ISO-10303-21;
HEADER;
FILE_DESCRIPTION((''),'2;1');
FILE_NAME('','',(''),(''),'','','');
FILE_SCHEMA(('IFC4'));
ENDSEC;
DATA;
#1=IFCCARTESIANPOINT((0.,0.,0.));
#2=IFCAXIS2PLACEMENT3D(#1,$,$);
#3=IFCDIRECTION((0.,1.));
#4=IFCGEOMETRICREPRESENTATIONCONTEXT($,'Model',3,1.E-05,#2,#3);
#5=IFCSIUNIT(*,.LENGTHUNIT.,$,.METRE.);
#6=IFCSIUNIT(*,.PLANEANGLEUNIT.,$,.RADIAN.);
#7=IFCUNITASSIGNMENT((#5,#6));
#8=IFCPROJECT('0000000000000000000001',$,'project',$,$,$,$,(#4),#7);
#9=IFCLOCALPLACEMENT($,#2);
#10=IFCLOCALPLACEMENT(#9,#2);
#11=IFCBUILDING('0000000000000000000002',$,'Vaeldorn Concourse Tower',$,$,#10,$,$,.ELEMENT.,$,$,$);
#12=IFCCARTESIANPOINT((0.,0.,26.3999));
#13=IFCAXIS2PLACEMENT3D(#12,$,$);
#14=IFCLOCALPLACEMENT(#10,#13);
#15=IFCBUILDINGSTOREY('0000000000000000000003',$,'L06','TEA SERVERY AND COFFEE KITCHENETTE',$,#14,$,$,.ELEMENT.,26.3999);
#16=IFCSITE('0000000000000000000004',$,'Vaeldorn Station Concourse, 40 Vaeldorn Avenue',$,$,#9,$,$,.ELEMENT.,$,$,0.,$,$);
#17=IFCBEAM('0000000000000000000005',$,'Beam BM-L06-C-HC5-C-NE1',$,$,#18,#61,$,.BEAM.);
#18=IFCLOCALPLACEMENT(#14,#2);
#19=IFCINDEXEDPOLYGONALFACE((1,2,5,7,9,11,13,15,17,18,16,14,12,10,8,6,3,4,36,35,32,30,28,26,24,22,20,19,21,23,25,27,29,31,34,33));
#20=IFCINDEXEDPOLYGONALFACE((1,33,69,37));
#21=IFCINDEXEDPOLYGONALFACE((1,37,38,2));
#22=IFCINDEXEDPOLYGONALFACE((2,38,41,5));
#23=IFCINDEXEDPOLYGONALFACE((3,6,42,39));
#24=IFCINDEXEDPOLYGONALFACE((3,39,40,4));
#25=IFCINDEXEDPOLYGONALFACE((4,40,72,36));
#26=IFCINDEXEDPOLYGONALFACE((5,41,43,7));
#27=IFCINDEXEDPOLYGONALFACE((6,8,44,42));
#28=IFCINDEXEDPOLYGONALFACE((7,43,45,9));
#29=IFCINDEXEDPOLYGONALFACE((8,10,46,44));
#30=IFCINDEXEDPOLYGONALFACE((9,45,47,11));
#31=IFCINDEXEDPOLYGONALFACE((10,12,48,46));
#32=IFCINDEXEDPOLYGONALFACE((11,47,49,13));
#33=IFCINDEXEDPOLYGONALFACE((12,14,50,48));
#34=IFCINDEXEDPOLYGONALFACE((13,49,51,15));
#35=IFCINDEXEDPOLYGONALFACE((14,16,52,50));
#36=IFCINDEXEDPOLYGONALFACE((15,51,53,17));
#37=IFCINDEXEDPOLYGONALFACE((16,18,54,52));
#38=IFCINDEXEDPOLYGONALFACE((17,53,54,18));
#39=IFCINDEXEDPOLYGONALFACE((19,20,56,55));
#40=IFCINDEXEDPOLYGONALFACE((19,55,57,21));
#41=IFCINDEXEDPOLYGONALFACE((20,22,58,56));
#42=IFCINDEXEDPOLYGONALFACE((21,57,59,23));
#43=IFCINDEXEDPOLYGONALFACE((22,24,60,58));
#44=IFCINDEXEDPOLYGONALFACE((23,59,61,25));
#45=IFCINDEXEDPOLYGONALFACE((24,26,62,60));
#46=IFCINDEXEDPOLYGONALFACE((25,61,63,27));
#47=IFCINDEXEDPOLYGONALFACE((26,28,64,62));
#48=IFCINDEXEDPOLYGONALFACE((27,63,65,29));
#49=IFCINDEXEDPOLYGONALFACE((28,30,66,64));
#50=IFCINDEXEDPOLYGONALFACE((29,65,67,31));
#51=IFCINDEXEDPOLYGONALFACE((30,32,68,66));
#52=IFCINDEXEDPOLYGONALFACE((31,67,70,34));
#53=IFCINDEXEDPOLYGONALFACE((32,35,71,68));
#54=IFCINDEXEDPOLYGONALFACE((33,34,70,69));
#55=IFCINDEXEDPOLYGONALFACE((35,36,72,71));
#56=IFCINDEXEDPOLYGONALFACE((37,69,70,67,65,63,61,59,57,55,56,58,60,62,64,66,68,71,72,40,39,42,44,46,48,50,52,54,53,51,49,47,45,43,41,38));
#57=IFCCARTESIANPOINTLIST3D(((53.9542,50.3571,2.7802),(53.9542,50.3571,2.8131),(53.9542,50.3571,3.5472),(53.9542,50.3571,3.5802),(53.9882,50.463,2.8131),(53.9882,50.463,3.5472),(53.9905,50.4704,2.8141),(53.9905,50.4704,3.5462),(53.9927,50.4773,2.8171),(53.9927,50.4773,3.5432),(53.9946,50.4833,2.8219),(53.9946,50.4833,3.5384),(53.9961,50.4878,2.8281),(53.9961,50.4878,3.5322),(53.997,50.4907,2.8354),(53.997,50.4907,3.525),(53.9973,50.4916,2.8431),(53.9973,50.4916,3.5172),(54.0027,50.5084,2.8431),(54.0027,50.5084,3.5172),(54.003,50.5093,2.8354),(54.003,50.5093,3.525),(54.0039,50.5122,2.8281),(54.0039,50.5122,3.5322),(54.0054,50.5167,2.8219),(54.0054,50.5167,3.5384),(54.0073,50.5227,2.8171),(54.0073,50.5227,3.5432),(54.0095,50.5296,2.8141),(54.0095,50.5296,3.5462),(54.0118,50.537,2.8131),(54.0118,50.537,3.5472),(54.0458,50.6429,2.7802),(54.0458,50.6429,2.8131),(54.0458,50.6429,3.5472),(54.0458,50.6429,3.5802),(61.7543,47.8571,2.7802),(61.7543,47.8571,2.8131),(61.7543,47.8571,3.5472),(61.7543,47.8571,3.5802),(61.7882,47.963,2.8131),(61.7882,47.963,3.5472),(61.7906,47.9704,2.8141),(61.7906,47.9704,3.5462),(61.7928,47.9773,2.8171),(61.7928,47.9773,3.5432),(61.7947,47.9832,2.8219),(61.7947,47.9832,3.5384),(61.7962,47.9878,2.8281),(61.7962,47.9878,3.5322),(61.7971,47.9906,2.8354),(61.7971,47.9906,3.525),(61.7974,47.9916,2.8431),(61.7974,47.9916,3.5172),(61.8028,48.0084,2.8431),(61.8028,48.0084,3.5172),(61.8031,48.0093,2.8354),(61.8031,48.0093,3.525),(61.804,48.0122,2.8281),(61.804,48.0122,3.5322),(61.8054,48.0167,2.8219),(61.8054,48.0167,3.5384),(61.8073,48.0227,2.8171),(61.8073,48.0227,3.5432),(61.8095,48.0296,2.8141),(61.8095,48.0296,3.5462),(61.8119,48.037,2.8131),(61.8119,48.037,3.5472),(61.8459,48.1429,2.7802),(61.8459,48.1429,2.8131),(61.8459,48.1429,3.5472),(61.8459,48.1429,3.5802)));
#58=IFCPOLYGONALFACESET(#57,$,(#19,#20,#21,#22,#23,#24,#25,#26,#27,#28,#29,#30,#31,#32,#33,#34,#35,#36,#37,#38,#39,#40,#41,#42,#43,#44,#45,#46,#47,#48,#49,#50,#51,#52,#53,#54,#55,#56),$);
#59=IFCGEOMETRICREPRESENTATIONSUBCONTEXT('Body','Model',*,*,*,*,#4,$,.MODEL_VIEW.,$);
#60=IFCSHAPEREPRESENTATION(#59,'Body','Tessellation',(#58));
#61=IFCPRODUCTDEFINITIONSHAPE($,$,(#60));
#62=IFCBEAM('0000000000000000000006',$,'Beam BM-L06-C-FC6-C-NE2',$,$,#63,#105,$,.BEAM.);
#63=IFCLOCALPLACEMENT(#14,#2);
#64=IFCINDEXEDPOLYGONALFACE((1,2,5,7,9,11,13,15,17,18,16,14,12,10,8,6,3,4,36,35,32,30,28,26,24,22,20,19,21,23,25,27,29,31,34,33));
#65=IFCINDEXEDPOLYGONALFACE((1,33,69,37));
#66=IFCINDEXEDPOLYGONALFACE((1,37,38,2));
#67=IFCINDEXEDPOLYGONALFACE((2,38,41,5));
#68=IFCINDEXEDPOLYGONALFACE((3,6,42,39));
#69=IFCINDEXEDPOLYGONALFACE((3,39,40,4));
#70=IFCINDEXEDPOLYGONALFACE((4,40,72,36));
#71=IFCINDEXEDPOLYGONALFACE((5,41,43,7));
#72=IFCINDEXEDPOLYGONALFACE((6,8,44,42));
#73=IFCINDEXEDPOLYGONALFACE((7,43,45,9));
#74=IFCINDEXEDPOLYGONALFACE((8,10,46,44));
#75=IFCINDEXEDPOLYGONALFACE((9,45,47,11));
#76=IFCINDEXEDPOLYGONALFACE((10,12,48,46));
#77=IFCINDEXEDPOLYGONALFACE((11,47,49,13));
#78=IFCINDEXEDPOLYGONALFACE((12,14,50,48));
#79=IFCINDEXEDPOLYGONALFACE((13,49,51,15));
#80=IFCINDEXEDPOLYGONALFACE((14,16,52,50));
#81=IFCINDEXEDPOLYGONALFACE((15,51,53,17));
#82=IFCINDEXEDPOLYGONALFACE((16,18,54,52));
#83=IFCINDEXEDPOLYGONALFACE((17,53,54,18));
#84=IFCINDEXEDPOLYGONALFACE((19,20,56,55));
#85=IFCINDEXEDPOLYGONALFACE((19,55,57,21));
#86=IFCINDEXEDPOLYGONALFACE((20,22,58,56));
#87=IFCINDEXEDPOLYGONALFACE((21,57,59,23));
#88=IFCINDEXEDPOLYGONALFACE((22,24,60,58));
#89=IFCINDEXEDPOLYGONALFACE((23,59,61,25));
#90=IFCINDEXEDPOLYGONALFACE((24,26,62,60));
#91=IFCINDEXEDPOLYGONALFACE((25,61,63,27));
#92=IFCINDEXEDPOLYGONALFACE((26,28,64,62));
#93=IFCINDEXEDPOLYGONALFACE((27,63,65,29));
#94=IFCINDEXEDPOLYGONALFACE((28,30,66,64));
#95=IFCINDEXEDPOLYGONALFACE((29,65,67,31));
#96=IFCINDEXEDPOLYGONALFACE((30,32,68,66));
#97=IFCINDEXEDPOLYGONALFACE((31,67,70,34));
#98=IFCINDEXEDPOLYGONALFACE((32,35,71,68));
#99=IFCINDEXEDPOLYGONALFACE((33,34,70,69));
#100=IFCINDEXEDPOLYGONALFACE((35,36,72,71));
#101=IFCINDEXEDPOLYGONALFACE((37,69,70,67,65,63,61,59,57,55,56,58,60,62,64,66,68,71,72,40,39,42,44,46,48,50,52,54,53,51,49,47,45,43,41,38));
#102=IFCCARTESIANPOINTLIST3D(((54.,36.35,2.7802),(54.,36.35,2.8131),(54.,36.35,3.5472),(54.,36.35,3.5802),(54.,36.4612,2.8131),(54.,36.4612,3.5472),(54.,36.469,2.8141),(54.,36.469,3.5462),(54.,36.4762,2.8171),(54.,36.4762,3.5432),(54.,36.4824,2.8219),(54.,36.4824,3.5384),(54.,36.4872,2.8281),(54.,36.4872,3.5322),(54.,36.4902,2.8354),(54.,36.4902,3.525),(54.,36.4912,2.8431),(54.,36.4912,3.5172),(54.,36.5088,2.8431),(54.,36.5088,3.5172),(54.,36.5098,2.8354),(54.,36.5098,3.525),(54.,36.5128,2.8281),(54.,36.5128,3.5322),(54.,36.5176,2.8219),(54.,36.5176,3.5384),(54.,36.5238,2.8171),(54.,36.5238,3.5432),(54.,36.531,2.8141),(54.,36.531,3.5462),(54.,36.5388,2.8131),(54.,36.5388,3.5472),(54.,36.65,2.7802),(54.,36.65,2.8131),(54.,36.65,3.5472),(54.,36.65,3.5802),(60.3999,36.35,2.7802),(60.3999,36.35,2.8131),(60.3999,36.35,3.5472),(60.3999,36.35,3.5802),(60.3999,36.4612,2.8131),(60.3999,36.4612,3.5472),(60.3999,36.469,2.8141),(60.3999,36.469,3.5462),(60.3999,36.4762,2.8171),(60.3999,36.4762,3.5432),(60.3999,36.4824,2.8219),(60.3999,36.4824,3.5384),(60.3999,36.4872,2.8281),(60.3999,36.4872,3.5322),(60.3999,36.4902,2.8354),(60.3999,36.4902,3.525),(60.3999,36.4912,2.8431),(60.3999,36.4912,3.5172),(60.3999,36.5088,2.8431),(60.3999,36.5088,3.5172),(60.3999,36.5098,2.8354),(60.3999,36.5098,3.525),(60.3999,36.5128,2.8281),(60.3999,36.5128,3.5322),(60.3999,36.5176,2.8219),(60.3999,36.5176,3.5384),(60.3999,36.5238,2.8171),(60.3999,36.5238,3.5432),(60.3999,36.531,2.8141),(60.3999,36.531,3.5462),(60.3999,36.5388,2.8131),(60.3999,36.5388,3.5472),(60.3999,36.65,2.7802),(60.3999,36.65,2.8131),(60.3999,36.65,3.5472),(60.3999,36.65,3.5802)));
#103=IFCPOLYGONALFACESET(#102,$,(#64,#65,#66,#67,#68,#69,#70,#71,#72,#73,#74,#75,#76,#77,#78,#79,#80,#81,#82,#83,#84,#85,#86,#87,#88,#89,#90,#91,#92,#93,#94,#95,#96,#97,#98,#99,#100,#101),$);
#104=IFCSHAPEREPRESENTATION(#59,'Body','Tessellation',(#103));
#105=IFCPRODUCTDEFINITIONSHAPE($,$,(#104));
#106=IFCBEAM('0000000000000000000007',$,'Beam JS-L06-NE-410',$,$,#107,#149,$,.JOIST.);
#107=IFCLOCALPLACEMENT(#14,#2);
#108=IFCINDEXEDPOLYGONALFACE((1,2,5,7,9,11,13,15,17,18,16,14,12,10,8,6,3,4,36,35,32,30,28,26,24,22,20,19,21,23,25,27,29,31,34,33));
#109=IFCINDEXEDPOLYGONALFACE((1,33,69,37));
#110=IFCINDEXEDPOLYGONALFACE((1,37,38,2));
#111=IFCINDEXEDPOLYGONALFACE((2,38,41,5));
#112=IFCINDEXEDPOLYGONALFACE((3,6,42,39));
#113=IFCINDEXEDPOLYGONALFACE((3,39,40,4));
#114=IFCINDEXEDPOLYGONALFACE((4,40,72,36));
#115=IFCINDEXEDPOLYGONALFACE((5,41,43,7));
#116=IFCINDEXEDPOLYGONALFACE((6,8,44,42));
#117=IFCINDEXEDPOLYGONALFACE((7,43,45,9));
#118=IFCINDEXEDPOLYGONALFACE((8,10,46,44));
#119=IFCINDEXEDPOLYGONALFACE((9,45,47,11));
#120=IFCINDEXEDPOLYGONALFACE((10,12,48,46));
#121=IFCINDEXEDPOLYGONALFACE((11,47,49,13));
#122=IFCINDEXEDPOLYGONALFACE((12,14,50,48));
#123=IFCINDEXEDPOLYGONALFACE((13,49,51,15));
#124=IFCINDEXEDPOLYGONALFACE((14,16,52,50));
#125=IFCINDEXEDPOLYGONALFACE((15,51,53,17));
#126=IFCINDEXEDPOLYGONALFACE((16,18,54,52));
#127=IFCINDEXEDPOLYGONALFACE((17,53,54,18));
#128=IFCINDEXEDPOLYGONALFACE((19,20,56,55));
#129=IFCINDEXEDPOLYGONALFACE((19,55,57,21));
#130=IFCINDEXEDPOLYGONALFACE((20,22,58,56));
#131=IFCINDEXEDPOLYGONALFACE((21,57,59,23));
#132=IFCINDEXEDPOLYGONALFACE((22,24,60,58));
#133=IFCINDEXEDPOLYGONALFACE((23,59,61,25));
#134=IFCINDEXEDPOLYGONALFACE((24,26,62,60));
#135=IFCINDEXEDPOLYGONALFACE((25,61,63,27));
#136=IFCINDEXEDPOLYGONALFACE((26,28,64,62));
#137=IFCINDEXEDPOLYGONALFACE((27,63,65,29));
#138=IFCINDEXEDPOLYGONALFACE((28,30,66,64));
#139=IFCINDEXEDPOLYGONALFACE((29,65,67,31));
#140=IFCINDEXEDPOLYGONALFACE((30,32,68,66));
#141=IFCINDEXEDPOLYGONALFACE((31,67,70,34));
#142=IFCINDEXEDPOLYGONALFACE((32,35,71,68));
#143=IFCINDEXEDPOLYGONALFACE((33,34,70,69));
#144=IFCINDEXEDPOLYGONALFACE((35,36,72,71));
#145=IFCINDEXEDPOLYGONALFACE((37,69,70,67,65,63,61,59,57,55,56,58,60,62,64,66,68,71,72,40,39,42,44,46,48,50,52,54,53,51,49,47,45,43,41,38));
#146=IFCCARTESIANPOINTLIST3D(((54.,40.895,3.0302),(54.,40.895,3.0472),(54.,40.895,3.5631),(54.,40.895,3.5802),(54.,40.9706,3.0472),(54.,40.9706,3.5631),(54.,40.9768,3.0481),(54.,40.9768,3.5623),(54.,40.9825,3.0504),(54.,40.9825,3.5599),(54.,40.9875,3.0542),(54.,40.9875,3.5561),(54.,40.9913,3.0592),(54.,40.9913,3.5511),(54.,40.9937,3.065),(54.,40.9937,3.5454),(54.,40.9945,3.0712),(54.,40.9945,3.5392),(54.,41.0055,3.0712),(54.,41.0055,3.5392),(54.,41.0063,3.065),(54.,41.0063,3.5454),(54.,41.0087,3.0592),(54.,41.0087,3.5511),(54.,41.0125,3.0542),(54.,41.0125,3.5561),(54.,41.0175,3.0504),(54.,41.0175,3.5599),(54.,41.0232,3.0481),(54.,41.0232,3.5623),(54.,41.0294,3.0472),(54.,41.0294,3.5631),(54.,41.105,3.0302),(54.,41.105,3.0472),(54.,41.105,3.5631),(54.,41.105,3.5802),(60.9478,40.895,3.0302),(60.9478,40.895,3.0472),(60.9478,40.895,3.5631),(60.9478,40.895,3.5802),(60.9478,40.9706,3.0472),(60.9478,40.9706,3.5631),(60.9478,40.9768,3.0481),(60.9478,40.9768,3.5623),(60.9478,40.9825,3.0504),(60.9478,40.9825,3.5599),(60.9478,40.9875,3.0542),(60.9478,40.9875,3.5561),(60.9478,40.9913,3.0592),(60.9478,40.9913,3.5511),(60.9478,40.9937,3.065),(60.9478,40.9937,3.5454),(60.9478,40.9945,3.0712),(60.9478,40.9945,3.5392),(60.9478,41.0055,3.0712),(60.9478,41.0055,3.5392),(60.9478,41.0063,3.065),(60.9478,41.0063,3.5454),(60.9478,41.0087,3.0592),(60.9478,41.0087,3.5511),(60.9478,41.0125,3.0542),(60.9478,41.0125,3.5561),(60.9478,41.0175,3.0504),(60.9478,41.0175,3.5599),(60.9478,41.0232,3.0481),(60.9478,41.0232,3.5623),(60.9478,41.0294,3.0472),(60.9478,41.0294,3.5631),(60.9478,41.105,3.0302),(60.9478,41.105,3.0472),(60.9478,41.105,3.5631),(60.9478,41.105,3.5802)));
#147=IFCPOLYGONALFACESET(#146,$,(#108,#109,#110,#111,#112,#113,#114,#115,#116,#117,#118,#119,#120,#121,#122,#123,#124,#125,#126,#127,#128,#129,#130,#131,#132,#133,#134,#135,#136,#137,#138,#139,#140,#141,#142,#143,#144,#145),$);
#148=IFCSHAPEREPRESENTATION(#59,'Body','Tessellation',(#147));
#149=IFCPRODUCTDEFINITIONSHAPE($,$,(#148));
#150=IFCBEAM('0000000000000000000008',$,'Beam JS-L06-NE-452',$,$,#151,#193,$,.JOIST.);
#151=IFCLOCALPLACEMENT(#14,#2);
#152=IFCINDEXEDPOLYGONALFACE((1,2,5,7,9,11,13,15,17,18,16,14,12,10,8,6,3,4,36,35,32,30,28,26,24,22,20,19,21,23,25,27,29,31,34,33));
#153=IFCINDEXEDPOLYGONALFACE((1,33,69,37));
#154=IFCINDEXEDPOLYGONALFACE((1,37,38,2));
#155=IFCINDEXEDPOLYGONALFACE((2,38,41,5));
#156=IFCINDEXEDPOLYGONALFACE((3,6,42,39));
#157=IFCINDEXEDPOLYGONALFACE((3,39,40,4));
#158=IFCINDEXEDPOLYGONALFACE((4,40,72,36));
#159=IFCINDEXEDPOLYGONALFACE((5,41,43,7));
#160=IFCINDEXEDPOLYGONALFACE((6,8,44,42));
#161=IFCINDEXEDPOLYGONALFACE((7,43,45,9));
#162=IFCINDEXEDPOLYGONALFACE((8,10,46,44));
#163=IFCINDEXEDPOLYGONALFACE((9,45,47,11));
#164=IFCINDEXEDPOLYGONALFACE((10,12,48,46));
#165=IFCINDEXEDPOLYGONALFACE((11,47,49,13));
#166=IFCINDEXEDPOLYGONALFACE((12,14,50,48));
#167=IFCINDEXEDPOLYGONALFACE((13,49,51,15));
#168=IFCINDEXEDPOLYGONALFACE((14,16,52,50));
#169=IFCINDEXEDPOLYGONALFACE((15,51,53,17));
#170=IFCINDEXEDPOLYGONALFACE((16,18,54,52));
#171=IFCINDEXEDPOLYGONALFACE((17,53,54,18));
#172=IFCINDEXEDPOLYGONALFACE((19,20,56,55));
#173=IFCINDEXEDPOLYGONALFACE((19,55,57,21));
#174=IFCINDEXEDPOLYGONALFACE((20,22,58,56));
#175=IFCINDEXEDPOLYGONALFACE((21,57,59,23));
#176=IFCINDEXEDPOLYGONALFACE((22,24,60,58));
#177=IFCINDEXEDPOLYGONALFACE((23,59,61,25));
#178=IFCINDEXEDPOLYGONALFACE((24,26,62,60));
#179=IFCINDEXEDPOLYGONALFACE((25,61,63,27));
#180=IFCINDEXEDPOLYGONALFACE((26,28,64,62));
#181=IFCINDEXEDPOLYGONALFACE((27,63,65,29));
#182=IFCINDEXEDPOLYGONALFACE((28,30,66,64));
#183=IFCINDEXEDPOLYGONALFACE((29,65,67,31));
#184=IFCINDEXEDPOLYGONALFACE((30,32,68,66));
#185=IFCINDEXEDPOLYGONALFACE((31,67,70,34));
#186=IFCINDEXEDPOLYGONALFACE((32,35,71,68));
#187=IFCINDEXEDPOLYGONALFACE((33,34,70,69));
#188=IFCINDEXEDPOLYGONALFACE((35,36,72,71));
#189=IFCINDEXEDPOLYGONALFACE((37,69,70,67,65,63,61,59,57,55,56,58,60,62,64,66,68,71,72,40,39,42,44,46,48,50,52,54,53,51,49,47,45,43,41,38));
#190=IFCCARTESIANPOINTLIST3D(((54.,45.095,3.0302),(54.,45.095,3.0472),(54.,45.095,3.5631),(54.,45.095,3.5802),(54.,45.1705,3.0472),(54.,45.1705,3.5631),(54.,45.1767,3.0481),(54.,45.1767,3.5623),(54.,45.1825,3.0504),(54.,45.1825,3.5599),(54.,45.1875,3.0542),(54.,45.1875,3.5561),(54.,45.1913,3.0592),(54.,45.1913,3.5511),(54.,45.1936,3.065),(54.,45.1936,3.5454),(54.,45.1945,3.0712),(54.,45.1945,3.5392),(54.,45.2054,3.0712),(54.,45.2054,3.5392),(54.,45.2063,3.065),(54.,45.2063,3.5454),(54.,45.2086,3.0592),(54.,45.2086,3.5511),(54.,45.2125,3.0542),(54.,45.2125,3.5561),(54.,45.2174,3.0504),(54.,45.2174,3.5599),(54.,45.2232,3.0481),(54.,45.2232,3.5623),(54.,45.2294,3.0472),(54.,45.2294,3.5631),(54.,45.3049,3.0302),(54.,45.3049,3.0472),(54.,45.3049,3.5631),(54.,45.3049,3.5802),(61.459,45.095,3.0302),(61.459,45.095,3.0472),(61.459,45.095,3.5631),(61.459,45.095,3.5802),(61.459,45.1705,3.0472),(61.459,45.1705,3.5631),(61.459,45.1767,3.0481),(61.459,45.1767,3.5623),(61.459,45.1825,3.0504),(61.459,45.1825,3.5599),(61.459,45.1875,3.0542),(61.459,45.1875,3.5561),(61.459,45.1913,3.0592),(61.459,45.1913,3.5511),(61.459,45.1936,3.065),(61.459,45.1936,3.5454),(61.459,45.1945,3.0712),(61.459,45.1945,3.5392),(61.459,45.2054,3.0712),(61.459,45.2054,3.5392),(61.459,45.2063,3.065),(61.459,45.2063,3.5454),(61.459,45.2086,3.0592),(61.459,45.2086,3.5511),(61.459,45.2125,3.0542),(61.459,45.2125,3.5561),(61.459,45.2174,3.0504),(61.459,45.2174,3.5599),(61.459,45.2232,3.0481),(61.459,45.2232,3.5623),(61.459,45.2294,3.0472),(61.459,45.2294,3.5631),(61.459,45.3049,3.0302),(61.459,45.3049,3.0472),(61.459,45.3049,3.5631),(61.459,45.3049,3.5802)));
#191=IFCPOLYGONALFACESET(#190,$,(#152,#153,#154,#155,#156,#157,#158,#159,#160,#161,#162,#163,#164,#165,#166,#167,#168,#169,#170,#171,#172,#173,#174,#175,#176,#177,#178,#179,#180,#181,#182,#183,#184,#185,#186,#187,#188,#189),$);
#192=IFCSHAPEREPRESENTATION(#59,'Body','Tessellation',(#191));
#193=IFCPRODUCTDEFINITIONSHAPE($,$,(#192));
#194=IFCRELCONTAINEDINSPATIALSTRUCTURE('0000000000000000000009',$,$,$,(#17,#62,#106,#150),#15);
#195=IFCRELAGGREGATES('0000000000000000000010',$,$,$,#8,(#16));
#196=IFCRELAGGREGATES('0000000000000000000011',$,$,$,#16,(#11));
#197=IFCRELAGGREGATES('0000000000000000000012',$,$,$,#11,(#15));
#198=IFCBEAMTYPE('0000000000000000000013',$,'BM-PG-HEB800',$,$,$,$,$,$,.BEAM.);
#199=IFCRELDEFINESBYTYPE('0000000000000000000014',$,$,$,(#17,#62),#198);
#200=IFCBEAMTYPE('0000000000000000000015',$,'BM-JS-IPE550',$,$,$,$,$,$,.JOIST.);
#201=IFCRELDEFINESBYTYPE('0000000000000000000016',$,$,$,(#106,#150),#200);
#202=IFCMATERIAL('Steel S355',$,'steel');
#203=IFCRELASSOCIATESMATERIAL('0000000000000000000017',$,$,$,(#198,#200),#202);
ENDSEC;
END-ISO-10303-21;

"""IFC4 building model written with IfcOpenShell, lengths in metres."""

from ifc_helpers import new_model, si_unit, direction, frame, origin, origin_2d, place, context, subcontext, project, spatial, i_section, extrude, source, transform, mapped, material, material_profile, profile_set, type_object, element, save


model = new_model("IFC4")

# Units and contexts
model_context = context("Model", 3, precision=1e-05, world=origin(), true_north=direction((0.0, 1.0)))
body_context = subcontext(model_context, "Body", "Model", "MODEL_VIEW")
ifc_project = project(units=[si_unit("LENGTHUNIT", "METRE"), si_unit("PLANEANGLEUNIT", "RADIAN")], contexts=[model_context])

# Site, building, storey
site_placement = place(None, origin())
site = spatial("IfcSite", under=ifc_project, at=site_placement, Name="Vaeldorn Station Concourse, 40 Vaeldorn Avenue", CompositionType="ELEMENT", RefElevation=0.0)
building_placement = place(site_placement, origin())
building = spatial("IfcBuilding", under=site, at=building_placement, Name="Vaeldorn Concourse Tower", CompositionType="ELEMENT")
storey_placement = place(building_placement, frame((0.0, 0.0, 26.3999)))
storey = spatial("IfcBuildingStorey", under=building, at=storey_placement, Name="L06", Description="TEA SERVERY AND COFFEE KITCHENETTE", CompositionType="ELEMENT", Elevation=26.3999)

# Beams
ifc_material_1 = material(Name="Steel S355", Category="steel")
ifc_material_profile_1 = material_profile(ifc_material_1, i_section(OverallWidth=0.3, OverallDepth=0.8, WebThickness=0.0176, FlangeThickness=0.033, FilletRadius=0.03, at=origin_2d()), Name="HEB 800")
ifc_profile_set_1 = profile_set([ifc_material_profile_1], Name="Steel S355")
beam_type_1 = type_object("IfcBeamType", Name="BM-PG-HEB800", PredefinedType="BEAM", material=ifc_profile_set_1)
shared_shape_1 = source(origin(), body_context, "Body", "SweptSolid", [
    extrude(i_section(OverallWidth=0.3, OverallDepth=0.8, WebThickness=0.0176, FlangeThickness=0.033, FilletRadius=0.03, at=origin_2d()), origin(), (0.0, 0.0, 1.0), 8.1909),
])
beam_1_placement = place(storey_placement, frame((54.0, 50.5, 3.1802), z_axis=(0.952283, -0.305217, 0.0), x_axis=(0.305217, 0.952283, 0.0)))
element("IfcBeam", 1, at=beam_1_placement, inside=storey, type_object=beam_type_1, Name="Beam BM-L06-C-HC5-C-NE1", PredefinedType="BEAM", context=body_context, shape_type="MappedRepresentation", body=[
    mapped(shared_shape_1, transform((0.0, 0.0, 0.0), scale=1.0)),
])
shared_shape_2 = source(origin(), body_context, "Body", "SweptSolid", [
    extrude(i_section(OverallWidth=0.3, OverallDepth=0.8, WebThickness=0.0176, FlangeThickness=0.033, FilletRadius=0.03, at=origin_2d()), origin(), (0.0, 0.0, 1.0), 6.3999),
])
beam_2_placement = place(storey_placement, frame((54.0, 36.5, 3.1802), z_axis=(1.0, 0.0, 0.0), x_axis=(0.0, 1.0, 0.0)))
element("IfcBeam", 2, at=beam_2_placement, inside=storey, type_object=beam_type_1, Name="Beam BM-L06-C-FC6-C-NE2", PredefinedType="BEAM", context=body_context, shape_type="MappedRepresentation", body=[
    mapped(shared_shape_2, transform((0.0, 0.0, 0.0), scale=1.0)),
])
ifc_material_profile_2 = material_profile(ifc_material_1, i_section(OverallWidth=0.21, OverallDepth=0.55, WebThickness=0.011, FlangeThickness=0.0171, FilletRadius=0.0239, at=origin_2d()), Name="IPE 550")
ifc_profile_set_2 = profile_set([ifc_material_profile_2], Name="Steel S355")
beam_type_2 = type_object("IfcBeamType", Name="BM-JS-IPE550", PredefinedType="JOIST", material=ifc_profile_set_2)
shared_shape_3 = source(origin(), body_context, "Body", "SweptSolid", [
    extrude(i_section(OverallWidth=0.21, OverallDepth=0.55, WebThickness=0.011, FlangeThickness=0.0171, FilletRadius=0.0239, at=origin_2d()), origin(), (0.0, 0.0, 1.0), 6.9478),
])
beam_3_placement = place(storey_placement, frame((54.0, 41.0, 3.3052), z_axis=(1.0, 0.0, 0.0), x_axis=(0.0, 1.0, 0.0)))
element("IfcBeam", 3, at=beam_3_placement, inside=storey, type_object=beam_type_2, Name="Beam JS-L06-NE-410", PredefinedType="JOIST", context=body_context, shape_type="MappedRepresentation", body=[
    mapped(shared_shape_3, transform((0.0, 0.0, 0.0), scale=1.0)),
])
shared_shape_4 = source(origin(), body_context, "Body", "SweptSolid", [
    extrude(i_section(OverallWidth=0.21, OverallDepth=0.55, WebThickness=0.011, FlangeThickness=0.0171, FilletRadius=0.0239, at=origin_2d()), origin(), (0.0, 0.0, 1.0), 7.459),
])
beam_4_placement = place(storey_placement, frame((54.0, 45.2, 3.3052), z_axis=(1.0, 0.0, 0.0), x_axis=(0.0, 1.0, 0.0)))
element("IfcBeam", 4, at=beam_4_placement, inside=storey, type_object=beam_type_2, Name="Beam JS-L06-NE-452", PredefinedType="JOIST", context=body_context, shape_type="MappedRepresentation", body=[
    mapped(shared_shape_4, transform((0.0, 0.0, 0.0), scale=1.0)),
])

save(model, "model.ifc")
